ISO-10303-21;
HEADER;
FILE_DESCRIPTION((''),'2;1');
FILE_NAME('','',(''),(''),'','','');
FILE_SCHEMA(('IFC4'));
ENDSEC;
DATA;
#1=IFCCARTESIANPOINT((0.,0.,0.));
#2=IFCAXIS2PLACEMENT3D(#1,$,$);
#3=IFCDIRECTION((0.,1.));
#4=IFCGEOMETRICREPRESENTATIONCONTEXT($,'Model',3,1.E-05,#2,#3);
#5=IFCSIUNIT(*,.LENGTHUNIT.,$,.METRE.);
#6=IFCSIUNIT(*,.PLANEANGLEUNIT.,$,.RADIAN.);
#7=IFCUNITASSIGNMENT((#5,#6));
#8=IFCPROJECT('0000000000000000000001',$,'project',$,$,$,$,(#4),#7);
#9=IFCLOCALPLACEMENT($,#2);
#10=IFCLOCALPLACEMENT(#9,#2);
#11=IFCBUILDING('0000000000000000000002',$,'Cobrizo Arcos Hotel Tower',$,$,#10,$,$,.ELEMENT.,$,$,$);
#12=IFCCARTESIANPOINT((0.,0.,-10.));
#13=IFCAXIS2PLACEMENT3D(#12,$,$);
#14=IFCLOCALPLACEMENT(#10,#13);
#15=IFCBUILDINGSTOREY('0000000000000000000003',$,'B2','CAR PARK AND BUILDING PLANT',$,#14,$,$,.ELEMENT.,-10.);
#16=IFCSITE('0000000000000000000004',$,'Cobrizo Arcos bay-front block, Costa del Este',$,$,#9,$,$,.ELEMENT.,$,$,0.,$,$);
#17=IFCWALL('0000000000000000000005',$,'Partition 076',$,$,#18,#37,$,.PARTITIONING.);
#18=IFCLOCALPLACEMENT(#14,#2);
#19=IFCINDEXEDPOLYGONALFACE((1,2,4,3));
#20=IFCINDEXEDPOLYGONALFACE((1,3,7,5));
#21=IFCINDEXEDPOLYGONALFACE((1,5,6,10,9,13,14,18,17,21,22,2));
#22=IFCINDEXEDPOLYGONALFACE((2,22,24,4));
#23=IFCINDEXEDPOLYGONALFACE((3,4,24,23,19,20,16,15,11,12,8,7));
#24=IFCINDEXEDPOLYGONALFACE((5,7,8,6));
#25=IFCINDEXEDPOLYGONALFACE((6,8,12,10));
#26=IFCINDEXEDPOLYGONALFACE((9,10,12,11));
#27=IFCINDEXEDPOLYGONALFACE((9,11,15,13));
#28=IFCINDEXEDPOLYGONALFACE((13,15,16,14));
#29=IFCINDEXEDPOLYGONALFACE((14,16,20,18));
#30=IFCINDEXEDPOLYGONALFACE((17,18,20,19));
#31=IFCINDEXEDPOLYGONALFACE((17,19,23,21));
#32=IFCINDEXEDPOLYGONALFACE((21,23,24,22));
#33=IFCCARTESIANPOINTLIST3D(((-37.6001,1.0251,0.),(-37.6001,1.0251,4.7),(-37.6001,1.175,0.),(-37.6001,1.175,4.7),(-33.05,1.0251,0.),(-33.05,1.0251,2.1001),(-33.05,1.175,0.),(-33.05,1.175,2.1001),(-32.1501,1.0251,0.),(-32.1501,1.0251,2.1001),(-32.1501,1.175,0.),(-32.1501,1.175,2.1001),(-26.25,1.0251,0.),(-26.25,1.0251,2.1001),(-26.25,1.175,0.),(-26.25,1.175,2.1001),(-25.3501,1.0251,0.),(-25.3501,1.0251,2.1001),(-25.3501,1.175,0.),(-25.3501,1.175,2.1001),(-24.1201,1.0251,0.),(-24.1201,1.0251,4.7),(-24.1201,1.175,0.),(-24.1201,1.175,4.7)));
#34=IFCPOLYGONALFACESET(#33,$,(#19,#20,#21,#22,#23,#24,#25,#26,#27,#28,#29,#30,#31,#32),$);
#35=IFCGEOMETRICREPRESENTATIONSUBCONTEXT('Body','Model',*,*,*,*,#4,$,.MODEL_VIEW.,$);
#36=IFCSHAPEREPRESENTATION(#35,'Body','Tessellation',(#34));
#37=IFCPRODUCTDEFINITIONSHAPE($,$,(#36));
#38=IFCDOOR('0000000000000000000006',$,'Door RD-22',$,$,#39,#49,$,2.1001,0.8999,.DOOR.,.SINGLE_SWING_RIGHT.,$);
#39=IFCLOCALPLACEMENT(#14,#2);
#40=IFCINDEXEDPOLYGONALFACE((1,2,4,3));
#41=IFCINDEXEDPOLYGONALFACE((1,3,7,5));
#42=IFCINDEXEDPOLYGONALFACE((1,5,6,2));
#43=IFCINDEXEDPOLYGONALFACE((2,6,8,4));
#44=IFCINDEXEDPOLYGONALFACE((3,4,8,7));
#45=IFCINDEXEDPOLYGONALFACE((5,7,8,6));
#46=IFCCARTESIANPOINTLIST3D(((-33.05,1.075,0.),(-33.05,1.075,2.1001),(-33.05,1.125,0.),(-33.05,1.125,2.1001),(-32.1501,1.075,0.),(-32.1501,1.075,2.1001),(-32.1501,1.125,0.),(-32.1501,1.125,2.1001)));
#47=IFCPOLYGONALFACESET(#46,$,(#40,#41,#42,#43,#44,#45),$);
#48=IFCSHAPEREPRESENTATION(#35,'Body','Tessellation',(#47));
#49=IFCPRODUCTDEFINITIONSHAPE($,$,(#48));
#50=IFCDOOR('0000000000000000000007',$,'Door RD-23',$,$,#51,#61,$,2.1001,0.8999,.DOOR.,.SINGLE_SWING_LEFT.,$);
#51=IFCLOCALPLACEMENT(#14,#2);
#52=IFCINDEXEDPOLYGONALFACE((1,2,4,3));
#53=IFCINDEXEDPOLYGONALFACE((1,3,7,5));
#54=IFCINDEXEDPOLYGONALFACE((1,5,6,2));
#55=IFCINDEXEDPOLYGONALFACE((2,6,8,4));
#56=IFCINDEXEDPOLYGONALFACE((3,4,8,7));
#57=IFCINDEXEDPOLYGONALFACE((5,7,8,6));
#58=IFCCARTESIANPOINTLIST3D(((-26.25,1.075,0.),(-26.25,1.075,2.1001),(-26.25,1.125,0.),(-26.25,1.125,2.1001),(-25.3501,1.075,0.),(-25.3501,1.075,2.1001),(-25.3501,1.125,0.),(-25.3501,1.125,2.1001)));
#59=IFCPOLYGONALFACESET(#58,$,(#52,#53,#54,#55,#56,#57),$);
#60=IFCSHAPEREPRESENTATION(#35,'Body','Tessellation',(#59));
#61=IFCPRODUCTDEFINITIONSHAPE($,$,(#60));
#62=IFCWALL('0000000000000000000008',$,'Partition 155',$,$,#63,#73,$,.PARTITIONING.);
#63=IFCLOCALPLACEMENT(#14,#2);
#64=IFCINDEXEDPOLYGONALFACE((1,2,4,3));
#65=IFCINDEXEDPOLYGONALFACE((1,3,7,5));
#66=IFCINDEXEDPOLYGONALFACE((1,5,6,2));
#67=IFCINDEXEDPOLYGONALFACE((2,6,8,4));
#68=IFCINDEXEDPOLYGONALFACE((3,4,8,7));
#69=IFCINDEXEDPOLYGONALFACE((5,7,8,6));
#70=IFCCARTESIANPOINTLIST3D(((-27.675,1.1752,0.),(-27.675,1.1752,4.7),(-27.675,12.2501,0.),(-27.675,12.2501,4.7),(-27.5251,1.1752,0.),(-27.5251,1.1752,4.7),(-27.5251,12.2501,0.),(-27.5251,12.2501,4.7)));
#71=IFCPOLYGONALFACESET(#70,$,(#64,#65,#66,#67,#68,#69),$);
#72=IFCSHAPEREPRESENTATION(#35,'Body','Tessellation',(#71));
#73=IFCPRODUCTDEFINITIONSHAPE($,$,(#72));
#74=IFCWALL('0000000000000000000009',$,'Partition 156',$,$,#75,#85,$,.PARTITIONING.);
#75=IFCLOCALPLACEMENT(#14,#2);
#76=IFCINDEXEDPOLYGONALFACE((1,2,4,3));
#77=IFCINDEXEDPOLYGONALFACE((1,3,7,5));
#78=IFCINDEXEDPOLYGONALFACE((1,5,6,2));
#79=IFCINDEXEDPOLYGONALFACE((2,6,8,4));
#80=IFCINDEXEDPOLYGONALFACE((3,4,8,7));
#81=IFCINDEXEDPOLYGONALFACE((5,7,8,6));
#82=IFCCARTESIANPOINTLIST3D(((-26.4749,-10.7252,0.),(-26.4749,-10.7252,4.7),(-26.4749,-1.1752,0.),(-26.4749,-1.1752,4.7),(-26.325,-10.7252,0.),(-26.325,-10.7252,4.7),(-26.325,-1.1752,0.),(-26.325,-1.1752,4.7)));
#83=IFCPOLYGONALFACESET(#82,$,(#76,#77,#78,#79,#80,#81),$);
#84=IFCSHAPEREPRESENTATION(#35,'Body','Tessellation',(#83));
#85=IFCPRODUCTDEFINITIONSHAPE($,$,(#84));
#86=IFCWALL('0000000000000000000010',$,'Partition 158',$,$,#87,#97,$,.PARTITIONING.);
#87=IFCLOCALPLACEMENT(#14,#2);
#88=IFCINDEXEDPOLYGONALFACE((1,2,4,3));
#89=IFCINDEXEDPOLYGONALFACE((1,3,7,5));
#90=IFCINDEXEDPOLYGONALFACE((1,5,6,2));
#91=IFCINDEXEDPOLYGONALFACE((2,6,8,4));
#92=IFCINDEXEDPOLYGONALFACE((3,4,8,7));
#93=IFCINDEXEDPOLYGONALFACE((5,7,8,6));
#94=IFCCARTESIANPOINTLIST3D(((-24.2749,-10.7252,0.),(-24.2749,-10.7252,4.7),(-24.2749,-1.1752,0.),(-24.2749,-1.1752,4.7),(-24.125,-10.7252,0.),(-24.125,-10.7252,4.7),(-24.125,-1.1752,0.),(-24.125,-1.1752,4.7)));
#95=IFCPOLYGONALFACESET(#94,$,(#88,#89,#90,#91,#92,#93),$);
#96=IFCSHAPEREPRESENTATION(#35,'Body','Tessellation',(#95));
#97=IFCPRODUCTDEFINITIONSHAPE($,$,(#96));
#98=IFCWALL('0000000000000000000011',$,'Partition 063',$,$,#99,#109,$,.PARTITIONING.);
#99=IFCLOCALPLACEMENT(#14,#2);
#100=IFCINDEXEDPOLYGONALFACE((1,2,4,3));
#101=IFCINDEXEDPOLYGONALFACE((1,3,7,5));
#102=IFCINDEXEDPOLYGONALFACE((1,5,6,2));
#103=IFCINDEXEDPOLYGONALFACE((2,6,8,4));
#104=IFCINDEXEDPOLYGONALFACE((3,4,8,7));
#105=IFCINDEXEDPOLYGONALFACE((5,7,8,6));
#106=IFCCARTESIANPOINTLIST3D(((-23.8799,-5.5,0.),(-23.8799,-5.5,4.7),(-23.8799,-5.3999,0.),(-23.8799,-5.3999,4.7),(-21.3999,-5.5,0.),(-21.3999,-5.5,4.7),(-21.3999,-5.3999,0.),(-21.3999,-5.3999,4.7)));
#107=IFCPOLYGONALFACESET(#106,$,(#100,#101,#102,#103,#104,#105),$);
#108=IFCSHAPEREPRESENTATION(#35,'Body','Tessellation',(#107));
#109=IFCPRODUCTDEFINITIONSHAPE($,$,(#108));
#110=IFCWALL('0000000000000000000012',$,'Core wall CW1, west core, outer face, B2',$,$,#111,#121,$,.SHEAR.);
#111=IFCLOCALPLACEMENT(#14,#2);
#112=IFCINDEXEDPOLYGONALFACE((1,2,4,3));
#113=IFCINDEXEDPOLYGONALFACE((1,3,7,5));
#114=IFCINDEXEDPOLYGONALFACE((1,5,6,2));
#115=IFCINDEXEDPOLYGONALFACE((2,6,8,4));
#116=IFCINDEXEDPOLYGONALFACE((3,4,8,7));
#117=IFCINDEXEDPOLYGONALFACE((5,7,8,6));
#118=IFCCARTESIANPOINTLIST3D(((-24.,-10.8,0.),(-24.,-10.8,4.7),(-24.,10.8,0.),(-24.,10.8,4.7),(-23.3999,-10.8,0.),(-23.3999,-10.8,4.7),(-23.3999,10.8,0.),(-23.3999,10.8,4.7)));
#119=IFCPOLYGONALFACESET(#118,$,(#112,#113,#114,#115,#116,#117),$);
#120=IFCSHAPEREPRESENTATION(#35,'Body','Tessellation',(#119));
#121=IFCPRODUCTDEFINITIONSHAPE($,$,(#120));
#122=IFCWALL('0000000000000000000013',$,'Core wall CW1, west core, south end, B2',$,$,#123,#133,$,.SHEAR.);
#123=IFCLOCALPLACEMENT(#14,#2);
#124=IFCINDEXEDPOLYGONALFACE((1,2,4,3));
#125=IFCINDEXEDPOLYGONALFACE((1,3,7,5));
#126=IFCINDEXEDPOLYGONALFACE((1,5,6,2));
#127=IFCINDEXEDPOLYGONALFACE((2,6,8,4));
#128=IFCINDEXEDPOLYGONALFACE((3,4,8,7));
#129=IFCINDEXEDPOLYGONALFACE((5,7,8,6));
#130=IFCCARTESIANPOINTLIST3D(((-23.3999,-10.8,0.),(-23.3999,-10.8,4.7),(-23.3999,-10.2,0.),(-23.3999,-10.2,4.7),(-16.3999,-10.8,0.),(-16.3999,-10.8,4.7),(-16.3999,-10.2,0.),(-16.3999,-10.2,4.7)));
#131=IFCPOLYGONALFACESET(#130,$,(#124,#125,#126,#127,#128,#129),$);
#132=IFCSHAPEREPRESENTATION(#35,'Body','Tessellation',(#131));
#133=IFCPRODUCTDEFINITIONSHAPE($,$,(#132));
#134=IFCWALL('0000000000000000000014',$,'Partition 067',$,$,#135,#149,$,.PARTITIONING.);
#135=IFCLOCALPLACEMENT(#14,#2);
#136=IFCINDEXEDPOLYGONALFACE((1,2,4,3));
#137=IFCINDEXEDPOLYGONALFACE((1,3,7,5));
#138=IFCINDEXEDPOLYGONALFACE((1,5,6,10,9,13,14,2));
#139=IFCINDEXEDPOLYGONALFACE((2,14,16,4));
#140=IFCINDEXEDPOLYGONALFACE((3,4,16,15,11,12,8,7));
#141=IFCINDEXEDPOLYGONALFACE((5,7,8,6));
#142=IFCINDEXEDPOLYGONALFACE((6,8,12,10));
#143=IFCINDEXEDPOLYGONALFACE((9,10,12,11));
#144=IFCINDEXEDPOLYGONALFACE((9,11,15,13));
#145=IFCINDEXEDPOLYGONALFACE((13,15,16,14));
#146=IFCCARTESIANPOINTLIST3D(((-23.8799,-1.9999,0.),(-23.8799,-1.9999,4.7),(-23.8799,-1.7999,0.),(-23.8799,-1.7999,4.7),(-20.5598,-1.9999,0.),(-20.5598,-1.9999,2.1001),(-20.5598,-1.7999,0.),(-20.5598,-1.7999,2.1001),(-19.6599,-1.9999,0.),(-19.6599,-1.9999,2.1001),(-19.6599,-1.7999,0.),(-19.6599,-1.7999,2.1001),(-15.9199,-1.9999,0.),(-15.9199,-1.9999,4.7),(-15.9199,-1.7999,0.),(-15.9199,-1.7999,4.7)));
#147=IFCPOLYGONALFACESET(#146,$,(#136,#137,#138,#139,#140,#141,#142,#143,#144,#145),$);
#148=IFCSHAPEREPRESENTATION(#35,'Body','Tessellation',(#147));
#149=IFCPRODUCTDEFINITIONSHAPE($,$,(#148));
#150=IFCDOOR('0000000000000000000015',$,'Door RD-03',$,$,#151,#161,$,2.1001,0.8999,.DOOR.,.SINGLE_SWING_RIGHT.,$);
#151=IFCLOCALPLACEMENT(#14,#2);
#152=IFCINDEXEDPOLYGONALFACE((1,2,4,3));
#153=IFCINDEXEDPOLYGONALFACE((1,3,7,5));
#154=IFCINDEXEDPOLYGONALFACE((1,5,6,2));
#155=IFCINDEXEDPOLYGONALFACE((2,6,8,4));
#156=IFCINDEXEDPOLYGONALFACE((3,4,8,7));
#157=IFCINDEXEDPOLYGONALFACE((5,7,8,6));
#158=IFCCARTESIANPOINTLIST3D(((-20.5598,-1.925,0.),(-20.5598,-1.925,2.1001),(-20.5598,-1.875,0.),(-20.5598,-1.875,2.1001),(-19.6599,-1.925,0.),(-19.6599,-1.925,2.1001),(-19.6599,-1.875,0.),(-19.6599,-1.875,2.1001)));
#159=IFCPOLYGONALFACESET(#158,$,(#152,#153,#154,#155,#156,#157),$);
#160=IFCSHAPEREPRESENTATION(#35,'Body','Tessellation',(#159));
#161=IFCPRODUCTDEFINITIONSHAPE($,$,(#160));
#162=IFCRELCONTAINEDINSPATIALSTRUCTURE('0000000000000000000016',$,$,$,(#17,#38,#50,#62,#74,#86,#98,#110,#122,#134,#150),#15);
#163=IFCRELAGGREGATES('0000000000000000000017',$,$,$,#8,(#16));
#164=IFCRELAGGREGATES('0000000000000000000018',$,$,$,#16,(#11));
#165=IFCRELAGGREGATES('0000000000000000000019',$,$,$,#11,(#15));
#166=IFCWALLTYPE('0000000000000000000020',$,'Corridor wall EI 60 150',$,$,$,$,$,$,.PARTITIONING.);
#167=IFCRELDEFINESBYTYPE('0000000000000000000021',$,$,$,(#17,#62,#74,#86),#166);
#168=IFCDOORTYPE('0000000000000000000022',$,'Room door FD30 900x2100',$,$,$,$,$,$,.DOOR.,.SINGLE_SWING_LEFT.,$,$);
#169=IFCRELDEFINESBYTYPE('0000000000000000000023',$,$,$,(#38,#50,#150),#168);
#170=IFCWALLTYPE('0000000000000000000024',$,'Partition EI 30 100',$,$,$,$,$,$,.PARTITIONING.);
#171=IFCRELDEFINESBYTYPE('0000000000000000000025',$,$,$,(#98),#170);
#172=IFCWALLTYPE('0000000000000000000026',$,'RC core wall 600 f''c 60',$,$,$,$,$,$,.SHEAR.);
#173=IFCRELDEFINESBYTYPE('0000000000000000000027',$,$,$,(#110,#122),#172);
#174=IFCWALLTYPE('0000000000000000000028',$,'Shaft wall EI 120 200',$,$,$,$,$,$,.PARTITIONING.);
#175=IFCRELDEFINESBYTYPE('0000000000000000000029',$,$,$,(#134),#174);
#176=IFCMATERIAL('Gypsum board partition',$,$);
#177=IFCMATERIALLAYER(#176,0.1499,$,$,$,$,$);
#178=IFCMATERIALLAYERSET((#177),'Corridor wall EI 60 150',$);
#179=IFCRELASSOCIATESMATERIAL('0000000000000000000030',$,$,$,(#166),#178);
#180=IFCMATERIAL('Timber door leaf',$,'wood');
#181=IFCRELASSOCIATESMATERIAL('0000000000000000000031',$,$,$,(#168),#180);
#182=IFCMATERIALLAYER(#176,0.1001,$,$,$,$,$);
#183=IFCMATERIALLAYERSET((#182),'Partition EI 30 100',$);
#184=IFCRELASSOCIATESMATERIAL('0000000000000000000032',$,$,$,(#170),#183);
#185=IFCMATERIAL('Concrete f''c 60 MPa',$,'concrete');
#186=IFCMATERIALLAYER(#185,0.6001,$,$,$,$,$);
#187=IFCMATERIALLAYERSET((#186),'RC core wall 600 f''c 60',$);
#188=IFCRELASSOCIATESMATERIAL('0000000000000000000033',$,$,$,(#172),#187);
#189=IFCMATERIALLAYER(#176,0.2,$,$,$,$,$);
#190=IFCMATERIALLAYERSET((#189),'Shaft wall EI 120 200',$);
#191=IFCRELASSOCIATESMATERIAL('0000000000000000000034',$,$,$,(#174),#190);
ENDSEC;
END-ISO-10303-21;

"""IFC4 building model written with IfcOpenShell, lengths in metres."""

from ifc_helpers import new_model, si_unit, direction, frame, frame_2d, origin, place, context, subcontext, project, spatial, rectangle, extrude, material, layer, layer_set, type_object, element, fill, save


model = new_model("IFC4")

# Units and contexts
model_context = context("Model", 3, precision=1e-05, world=origin(), true_north=direction((0.0, 1.0)))
body_context = subcontext(model_context, "Body", "Model", "MODEL_VIEW")
ifc_project = project(units=[si_unit("LENGTHUNIT", "METRE"), si_unit("PLANEANGLEUNIT", "RADIAN")], contexts=[model_context])

# Site, building, storey
site_placement = place(None, origin())
site = spatial("IfcSite", under=ifc_project, at=site_placement, Name="Cobrizo Arcos bay-front block, Costa del Este", CompositionType="ELEMENT", RefElevation=0.0)
building_placement = place(site_placement, origin())
building = spatial("IfcBuilding", under=site, at=building_placement, Name="Cobrizo Arcos Hotel Tower", CompositionType="ELEMENT")
storey_placement = place(building_placement, frame((0.0, 0.0, -10.0)))
storey = spatial("IfcBuildingStorey", under=building, at=storey_placement, Name="B2", Description="CAR PARK AND BUILDING PLANT", CompositionType="ELEMENT", Elevation=-10.0)

# Shared definitions
ifc_material_1 = material(Name="Gypsum board partition")
ifc_layer_1 = layer(ifc_material_1, 0.1499)
ifc_layer_set_1 = layer_set([ifc_layer_1], Name="Corridor wall EI 60 150")
wall_type_1 = type_object("IfcWallType", Name="Corridor wall EI 60 150", PredefinedType="PARTITIONING", material=ifc_layer_set_1)
ifc_material_2 = material(Name="Timber door leaf", Category="wood")
door_type = type_object("IfcDoorType", Name="Room door FD30 900x2100", OperationType="SINGLE_SWING_LEFT", PredefinedType="DOOR", material=ifc_material_2)

# Wall, openings, doors
wall_1_placement = place(storey_placement, frame((-37.6001, 1.1001, 0.0), z_axis=(0.0, 0.0, 1.0), x_axis=(1.0, 0.0, 0.0)))
wall_1 = element("IfcWall", 1, at=wall_1_placement, inside=storey, type_object=wall_type_1, Name="Partition 076", PredefinedType="PARTITIONING", context=body_context, shape_type="SweptSolid", body=[
    extrude(rectangle(XDim=13.48, YDim=0.1499, at=frame_2d((6.74, 0.0))), origin(), (0.0, 0.0, 1.0), 4.7),
])
opening_1_placement = place(wall_1_placement, frame((4.55, 0.0, 0.0)))
opening_1 = element("IfcOpeningElement", 2, at=opening_1_placement, cuts=wall_1, PredefinedType="OPENING", context=body_context, shape_type="SweptSolid", body=[
    extrude(rectangle(XDim=0.8999, YDim=2.1001, at=frame_2d((0.45, 1.05))), frame((0.0, 0.0869, 0.0), z_axis=(0.0, -1.0, 0.0), x_axis=(1.0, 0.0, 0.0)), (0.0, 0.0, 1.0), 0.1738),
])
opening_2_placement = place(wall_1_placement, frame((11.3501, 0.0, 0.0)))
opening_2 = element("IfcOpeningElement", 3, at=opening_2_placement, cuts=wall_1, PredefinedType="OPENING", context=body_context, shape_type="SweptSolid", body=[
    extrude(rectangle(XDim=0.8999, YDim=2.1001, at=frame_2d((0.45, 1.05))), frame((0.0, 0.0869, 0.0), z_axis=(0.0, -1.0, 0.0), x_axis=(1.0, 0.0, 0.0)), (0.0, 0.0, 1.0), 0.1738),
])
door_1_placement = place(opening_1_placement, origin())
door_1 = element("IfcDoor", 4, at=door_1_placement, inside=storey, type_object=door_type, Name="Door RD-22", OperationType="SINGLE_SWING_RIGHT", OverallHeight=2.1001, OverallWidth=0.8999, PredefinedType="DOOR", context=body_context, shape_type="SweptSolid", body=[
    extrude(rectangle(XDim=0.8999, YDim=2.1001, at=frame_2d((0.45, 1.05))), frame((0.0, 0.0249, 0.0), z_axis=(0.0, -1.0, 0.0), x_axis=(1.0, 0.0, 0.0)), (0.0, 0.0, 1.0), 0.05),
])
fill(opening_1, door_1)
door_2_placement = place(opening_2_placement, origin())
door_2 = element("IfcDoor", 5, at=door_2_placement, inside=storey, type_object=door_type, Name="Door RD-23", OperationType="SINGLE_SWING_LEFT", OverallHeight=2.1001, OverallWidth=0.8999, PredefinedType="DOOR", context=body_context, shape_type="SweptSolid", body=[
    extrude(rectangle(XDim=0.8999, YDim=2.1001, at=frame_2d((0.45, 1.05))), frame((0.0, 0.0249, 0.0), z_axis=(0.0, -1.0, 0.0), x_axis=(1.0, 0.0, 0.0)), (0.0, 0.0, 1.0), 0.05),
])
fill(opening_2, door_2)

# Walls
wall_2_placement = place(storey_placement, frame((-27.6001, 1.175, 0.0), z_axis=(0.0, 0.0, 1.0), x_axis=(0.0, 1.0, 0.0)))
element("IfcWall", 6, at=wall_2_placement, inside=storey, type_object=wall_type_1, Name="Partition 155", PredefinedType="PARTITIONING", context=body_context, shape_type="SweptSolid", body=[
    extrude(rectangle(XDim=11.075, YDim=0.1499, at=frame_2d((5.5376, 0.0))), origin(), (0.0, 0.0, 1.0), 4.7),
])
for number, where, z_axis, x_axis, name in (
    (7, (-26.3999, -10.7251, 0.0), (0.0, 0.0, 1.0), (0.0, 1.0, 0.0), "Partition 156"),
    (8, (-24.2, -10.7251, 0.0), (0.0, 0.0, 1.0), (0.0, 1.0, 0.0), "Partition 158"),
):
    element("IfcWall", number, at=place(storey_placement, frame(where, z_axis=z_axis, x_axis=x_axis)), inside=storey, type_object=wall_type_1, Name=name, PredefinedType="PARTITIONING", context=body_context, shape_type="SweptSolid", body=[
        extrude(rectangle(XDim=9.55, YDim=0.1499, at=frame_2d((4.7749, 0.0))), origin(), (0.0, 0.0, 1.0), 4.7),
    ])
ifc_layer_2 = layer(ifc_material_1, 0.1001)
ifc_layer_set_2 = layer_set([ifc_layer_2], Name="Partition EI 30 100")
wall_type_2 = type_object("IfcWallType", Name="Partition EI 30 100", PredefinedType="PARTITIONING", material=ifc_layer_set_2)
wall_3_placement = place(storey_placement, frame((-23.8799, -5.45, 0.0), z_axis=(0.0, 0.0, 1.0), x_axis=(1.0, 0.0, 0.0)))
element("IfcWall", 9, at=wall_3_placement, inside=storey, type_object=wall_type_2, Name="Partition 063", PredefinedType="PARTITIONING", context=body_context, shape_type="SweptSolid", body=[
    extrude(rectangle(XDim=2.48, YDim=0.1001, at=frame_2d((1.24, 0.0))), origin(), (0.0, 0.0, 1.0), 4.7),
])
ifc_material_3 = material(Name="Concrete f'c 60 MPa", Category="concrete")
ifc_layer_3 = layer(ifc_material_3, 0.6001)
ifc_layer_set_3 = layer_set([ifc_layer_3], Name="RC core wall 600 f'c 60")
wall_type_3 = type_object("IfcWallType", Name="RC core wall 600 f'c 60", PredefinedType="SHEAR", material=ifc_layer_set_3)
wall_4_placement = place(storey_placement, frame((-23.7, -10.8, 0.0), z_axis=(0.0, 0.0, 1.0), x_axis=(0.0, 1.0, 0.0)))
element("IfcWall", 10, at=wall_4_placement, inside=storey, type_object=wall_type_3, Name="Core wall CW1, west core, outer face, B2", PredefinedType="SHEAR", context=body_context, shape_type="SweptSolid", body=[
    extrude(rectangle(XDim=21.6001, YDim=0.6001, at=frame_2d((10.8, 0.0))), origin(), (0.0, 0.0, 1.0), 4.7),
])
wall_5_placement = place(storey_placement, frame((-23.3999, -10.5, 0.0), z_axis=(0.0, 0.0, 1.0), x_axis=(1.0, 0.0, 0.0)))
element("IfcWall", 11, at=wall_5_placement, inside=storey, type_object=wall_type_3, Name="Core wall CW1, west core, south end, B2", PredefinedType="SHEAR", context=body_context, shape_type="SweptSolid", body=[
    extrude(rectangle(XDim=7.0, YDim=0.6001, at=frame_2d((3.5, 0.0))), origin(), (0.0, 0.0, 1.0), 4.7),
])

# Wall, opening, door
ifc_layer_4 = layer(ifc_material_1, 0.2)
ifc_layer_set_4 = layer_set([ifc_layer_4], Name="Shaft wall EI 120 200")
wall_type_4 = type_object("IfcWallType", Name="Shaft wall EI 120 200", PredefinedType="PARTITIONING", material=ifc_layer_set_4)
wall_6_placement = place(storey_placement, frame((-23.8799, -1.8999, 0.0), z_axis=(0.0, 0.0, 1.0), x_axis=(1.0, 0.0, 0.0)))
wall_6 = element("IfcWall", 12, at=wall_6_placement, inside=storey, type_object=wall_type_4, Name="Partition 067", PredefinedType="PARTITIONING", context=body_context, shape_type="SweptSolid", body=[
    extrude(rectangle(XDim=7.96, YDim=0.2, at=frame_2d((3.98, 0.0))), origin(), (0.0, 0.0, 1.0), 4.7),
])
opening_3_placement = place(wall_6_placement, frame((3.3201, 0.0, 0.0)))
opening_3 = element("IfcOpeningElement", 13, at=opening_3_placement, cuts=wall_6, PredefinedType="OPENING", context=body_context, shape_type="SweptSolid", body=[
    extrude(rectangle(XDim=0.8999, YDim=2.1001, at=frame_2d((0.45, 1.05))), frame((0.0, 0.1121, 0.0), z_axis=(0.0, -1.0, 0.0), x_axis=(1.0, 0.0, 0.0)), (0.0, 0.0, 1.0), 0.2239),
])
door_3_placement = place(opening_3_placement, origin())
door_3 = element("IfcDoor", 14, at=door_3_placement, inside=storey, type_object=door_type, Name="Door RD-03", OperationType="SINGLE_SWING_RIGHT", OverallHeight=2.1001, OverallWidth=0.8999, PredefinedType="DOOR", context=body_context, shape_type="SweptSolid", body=[
    extrude(rectangle(XDim=0.8999, YDim=2.1001, at=frame_2d((0.45, 1.05))), frame((0.0, 0.0249, 0.0), z_axis=(0.0, -1.0, 0.0), x_axis=(1.0, 0.0, 0.0)), (0.0, 0.0, 1.0), 0.05),
])
fill(opening_3, door_3)

save(model, "model.ifc")
